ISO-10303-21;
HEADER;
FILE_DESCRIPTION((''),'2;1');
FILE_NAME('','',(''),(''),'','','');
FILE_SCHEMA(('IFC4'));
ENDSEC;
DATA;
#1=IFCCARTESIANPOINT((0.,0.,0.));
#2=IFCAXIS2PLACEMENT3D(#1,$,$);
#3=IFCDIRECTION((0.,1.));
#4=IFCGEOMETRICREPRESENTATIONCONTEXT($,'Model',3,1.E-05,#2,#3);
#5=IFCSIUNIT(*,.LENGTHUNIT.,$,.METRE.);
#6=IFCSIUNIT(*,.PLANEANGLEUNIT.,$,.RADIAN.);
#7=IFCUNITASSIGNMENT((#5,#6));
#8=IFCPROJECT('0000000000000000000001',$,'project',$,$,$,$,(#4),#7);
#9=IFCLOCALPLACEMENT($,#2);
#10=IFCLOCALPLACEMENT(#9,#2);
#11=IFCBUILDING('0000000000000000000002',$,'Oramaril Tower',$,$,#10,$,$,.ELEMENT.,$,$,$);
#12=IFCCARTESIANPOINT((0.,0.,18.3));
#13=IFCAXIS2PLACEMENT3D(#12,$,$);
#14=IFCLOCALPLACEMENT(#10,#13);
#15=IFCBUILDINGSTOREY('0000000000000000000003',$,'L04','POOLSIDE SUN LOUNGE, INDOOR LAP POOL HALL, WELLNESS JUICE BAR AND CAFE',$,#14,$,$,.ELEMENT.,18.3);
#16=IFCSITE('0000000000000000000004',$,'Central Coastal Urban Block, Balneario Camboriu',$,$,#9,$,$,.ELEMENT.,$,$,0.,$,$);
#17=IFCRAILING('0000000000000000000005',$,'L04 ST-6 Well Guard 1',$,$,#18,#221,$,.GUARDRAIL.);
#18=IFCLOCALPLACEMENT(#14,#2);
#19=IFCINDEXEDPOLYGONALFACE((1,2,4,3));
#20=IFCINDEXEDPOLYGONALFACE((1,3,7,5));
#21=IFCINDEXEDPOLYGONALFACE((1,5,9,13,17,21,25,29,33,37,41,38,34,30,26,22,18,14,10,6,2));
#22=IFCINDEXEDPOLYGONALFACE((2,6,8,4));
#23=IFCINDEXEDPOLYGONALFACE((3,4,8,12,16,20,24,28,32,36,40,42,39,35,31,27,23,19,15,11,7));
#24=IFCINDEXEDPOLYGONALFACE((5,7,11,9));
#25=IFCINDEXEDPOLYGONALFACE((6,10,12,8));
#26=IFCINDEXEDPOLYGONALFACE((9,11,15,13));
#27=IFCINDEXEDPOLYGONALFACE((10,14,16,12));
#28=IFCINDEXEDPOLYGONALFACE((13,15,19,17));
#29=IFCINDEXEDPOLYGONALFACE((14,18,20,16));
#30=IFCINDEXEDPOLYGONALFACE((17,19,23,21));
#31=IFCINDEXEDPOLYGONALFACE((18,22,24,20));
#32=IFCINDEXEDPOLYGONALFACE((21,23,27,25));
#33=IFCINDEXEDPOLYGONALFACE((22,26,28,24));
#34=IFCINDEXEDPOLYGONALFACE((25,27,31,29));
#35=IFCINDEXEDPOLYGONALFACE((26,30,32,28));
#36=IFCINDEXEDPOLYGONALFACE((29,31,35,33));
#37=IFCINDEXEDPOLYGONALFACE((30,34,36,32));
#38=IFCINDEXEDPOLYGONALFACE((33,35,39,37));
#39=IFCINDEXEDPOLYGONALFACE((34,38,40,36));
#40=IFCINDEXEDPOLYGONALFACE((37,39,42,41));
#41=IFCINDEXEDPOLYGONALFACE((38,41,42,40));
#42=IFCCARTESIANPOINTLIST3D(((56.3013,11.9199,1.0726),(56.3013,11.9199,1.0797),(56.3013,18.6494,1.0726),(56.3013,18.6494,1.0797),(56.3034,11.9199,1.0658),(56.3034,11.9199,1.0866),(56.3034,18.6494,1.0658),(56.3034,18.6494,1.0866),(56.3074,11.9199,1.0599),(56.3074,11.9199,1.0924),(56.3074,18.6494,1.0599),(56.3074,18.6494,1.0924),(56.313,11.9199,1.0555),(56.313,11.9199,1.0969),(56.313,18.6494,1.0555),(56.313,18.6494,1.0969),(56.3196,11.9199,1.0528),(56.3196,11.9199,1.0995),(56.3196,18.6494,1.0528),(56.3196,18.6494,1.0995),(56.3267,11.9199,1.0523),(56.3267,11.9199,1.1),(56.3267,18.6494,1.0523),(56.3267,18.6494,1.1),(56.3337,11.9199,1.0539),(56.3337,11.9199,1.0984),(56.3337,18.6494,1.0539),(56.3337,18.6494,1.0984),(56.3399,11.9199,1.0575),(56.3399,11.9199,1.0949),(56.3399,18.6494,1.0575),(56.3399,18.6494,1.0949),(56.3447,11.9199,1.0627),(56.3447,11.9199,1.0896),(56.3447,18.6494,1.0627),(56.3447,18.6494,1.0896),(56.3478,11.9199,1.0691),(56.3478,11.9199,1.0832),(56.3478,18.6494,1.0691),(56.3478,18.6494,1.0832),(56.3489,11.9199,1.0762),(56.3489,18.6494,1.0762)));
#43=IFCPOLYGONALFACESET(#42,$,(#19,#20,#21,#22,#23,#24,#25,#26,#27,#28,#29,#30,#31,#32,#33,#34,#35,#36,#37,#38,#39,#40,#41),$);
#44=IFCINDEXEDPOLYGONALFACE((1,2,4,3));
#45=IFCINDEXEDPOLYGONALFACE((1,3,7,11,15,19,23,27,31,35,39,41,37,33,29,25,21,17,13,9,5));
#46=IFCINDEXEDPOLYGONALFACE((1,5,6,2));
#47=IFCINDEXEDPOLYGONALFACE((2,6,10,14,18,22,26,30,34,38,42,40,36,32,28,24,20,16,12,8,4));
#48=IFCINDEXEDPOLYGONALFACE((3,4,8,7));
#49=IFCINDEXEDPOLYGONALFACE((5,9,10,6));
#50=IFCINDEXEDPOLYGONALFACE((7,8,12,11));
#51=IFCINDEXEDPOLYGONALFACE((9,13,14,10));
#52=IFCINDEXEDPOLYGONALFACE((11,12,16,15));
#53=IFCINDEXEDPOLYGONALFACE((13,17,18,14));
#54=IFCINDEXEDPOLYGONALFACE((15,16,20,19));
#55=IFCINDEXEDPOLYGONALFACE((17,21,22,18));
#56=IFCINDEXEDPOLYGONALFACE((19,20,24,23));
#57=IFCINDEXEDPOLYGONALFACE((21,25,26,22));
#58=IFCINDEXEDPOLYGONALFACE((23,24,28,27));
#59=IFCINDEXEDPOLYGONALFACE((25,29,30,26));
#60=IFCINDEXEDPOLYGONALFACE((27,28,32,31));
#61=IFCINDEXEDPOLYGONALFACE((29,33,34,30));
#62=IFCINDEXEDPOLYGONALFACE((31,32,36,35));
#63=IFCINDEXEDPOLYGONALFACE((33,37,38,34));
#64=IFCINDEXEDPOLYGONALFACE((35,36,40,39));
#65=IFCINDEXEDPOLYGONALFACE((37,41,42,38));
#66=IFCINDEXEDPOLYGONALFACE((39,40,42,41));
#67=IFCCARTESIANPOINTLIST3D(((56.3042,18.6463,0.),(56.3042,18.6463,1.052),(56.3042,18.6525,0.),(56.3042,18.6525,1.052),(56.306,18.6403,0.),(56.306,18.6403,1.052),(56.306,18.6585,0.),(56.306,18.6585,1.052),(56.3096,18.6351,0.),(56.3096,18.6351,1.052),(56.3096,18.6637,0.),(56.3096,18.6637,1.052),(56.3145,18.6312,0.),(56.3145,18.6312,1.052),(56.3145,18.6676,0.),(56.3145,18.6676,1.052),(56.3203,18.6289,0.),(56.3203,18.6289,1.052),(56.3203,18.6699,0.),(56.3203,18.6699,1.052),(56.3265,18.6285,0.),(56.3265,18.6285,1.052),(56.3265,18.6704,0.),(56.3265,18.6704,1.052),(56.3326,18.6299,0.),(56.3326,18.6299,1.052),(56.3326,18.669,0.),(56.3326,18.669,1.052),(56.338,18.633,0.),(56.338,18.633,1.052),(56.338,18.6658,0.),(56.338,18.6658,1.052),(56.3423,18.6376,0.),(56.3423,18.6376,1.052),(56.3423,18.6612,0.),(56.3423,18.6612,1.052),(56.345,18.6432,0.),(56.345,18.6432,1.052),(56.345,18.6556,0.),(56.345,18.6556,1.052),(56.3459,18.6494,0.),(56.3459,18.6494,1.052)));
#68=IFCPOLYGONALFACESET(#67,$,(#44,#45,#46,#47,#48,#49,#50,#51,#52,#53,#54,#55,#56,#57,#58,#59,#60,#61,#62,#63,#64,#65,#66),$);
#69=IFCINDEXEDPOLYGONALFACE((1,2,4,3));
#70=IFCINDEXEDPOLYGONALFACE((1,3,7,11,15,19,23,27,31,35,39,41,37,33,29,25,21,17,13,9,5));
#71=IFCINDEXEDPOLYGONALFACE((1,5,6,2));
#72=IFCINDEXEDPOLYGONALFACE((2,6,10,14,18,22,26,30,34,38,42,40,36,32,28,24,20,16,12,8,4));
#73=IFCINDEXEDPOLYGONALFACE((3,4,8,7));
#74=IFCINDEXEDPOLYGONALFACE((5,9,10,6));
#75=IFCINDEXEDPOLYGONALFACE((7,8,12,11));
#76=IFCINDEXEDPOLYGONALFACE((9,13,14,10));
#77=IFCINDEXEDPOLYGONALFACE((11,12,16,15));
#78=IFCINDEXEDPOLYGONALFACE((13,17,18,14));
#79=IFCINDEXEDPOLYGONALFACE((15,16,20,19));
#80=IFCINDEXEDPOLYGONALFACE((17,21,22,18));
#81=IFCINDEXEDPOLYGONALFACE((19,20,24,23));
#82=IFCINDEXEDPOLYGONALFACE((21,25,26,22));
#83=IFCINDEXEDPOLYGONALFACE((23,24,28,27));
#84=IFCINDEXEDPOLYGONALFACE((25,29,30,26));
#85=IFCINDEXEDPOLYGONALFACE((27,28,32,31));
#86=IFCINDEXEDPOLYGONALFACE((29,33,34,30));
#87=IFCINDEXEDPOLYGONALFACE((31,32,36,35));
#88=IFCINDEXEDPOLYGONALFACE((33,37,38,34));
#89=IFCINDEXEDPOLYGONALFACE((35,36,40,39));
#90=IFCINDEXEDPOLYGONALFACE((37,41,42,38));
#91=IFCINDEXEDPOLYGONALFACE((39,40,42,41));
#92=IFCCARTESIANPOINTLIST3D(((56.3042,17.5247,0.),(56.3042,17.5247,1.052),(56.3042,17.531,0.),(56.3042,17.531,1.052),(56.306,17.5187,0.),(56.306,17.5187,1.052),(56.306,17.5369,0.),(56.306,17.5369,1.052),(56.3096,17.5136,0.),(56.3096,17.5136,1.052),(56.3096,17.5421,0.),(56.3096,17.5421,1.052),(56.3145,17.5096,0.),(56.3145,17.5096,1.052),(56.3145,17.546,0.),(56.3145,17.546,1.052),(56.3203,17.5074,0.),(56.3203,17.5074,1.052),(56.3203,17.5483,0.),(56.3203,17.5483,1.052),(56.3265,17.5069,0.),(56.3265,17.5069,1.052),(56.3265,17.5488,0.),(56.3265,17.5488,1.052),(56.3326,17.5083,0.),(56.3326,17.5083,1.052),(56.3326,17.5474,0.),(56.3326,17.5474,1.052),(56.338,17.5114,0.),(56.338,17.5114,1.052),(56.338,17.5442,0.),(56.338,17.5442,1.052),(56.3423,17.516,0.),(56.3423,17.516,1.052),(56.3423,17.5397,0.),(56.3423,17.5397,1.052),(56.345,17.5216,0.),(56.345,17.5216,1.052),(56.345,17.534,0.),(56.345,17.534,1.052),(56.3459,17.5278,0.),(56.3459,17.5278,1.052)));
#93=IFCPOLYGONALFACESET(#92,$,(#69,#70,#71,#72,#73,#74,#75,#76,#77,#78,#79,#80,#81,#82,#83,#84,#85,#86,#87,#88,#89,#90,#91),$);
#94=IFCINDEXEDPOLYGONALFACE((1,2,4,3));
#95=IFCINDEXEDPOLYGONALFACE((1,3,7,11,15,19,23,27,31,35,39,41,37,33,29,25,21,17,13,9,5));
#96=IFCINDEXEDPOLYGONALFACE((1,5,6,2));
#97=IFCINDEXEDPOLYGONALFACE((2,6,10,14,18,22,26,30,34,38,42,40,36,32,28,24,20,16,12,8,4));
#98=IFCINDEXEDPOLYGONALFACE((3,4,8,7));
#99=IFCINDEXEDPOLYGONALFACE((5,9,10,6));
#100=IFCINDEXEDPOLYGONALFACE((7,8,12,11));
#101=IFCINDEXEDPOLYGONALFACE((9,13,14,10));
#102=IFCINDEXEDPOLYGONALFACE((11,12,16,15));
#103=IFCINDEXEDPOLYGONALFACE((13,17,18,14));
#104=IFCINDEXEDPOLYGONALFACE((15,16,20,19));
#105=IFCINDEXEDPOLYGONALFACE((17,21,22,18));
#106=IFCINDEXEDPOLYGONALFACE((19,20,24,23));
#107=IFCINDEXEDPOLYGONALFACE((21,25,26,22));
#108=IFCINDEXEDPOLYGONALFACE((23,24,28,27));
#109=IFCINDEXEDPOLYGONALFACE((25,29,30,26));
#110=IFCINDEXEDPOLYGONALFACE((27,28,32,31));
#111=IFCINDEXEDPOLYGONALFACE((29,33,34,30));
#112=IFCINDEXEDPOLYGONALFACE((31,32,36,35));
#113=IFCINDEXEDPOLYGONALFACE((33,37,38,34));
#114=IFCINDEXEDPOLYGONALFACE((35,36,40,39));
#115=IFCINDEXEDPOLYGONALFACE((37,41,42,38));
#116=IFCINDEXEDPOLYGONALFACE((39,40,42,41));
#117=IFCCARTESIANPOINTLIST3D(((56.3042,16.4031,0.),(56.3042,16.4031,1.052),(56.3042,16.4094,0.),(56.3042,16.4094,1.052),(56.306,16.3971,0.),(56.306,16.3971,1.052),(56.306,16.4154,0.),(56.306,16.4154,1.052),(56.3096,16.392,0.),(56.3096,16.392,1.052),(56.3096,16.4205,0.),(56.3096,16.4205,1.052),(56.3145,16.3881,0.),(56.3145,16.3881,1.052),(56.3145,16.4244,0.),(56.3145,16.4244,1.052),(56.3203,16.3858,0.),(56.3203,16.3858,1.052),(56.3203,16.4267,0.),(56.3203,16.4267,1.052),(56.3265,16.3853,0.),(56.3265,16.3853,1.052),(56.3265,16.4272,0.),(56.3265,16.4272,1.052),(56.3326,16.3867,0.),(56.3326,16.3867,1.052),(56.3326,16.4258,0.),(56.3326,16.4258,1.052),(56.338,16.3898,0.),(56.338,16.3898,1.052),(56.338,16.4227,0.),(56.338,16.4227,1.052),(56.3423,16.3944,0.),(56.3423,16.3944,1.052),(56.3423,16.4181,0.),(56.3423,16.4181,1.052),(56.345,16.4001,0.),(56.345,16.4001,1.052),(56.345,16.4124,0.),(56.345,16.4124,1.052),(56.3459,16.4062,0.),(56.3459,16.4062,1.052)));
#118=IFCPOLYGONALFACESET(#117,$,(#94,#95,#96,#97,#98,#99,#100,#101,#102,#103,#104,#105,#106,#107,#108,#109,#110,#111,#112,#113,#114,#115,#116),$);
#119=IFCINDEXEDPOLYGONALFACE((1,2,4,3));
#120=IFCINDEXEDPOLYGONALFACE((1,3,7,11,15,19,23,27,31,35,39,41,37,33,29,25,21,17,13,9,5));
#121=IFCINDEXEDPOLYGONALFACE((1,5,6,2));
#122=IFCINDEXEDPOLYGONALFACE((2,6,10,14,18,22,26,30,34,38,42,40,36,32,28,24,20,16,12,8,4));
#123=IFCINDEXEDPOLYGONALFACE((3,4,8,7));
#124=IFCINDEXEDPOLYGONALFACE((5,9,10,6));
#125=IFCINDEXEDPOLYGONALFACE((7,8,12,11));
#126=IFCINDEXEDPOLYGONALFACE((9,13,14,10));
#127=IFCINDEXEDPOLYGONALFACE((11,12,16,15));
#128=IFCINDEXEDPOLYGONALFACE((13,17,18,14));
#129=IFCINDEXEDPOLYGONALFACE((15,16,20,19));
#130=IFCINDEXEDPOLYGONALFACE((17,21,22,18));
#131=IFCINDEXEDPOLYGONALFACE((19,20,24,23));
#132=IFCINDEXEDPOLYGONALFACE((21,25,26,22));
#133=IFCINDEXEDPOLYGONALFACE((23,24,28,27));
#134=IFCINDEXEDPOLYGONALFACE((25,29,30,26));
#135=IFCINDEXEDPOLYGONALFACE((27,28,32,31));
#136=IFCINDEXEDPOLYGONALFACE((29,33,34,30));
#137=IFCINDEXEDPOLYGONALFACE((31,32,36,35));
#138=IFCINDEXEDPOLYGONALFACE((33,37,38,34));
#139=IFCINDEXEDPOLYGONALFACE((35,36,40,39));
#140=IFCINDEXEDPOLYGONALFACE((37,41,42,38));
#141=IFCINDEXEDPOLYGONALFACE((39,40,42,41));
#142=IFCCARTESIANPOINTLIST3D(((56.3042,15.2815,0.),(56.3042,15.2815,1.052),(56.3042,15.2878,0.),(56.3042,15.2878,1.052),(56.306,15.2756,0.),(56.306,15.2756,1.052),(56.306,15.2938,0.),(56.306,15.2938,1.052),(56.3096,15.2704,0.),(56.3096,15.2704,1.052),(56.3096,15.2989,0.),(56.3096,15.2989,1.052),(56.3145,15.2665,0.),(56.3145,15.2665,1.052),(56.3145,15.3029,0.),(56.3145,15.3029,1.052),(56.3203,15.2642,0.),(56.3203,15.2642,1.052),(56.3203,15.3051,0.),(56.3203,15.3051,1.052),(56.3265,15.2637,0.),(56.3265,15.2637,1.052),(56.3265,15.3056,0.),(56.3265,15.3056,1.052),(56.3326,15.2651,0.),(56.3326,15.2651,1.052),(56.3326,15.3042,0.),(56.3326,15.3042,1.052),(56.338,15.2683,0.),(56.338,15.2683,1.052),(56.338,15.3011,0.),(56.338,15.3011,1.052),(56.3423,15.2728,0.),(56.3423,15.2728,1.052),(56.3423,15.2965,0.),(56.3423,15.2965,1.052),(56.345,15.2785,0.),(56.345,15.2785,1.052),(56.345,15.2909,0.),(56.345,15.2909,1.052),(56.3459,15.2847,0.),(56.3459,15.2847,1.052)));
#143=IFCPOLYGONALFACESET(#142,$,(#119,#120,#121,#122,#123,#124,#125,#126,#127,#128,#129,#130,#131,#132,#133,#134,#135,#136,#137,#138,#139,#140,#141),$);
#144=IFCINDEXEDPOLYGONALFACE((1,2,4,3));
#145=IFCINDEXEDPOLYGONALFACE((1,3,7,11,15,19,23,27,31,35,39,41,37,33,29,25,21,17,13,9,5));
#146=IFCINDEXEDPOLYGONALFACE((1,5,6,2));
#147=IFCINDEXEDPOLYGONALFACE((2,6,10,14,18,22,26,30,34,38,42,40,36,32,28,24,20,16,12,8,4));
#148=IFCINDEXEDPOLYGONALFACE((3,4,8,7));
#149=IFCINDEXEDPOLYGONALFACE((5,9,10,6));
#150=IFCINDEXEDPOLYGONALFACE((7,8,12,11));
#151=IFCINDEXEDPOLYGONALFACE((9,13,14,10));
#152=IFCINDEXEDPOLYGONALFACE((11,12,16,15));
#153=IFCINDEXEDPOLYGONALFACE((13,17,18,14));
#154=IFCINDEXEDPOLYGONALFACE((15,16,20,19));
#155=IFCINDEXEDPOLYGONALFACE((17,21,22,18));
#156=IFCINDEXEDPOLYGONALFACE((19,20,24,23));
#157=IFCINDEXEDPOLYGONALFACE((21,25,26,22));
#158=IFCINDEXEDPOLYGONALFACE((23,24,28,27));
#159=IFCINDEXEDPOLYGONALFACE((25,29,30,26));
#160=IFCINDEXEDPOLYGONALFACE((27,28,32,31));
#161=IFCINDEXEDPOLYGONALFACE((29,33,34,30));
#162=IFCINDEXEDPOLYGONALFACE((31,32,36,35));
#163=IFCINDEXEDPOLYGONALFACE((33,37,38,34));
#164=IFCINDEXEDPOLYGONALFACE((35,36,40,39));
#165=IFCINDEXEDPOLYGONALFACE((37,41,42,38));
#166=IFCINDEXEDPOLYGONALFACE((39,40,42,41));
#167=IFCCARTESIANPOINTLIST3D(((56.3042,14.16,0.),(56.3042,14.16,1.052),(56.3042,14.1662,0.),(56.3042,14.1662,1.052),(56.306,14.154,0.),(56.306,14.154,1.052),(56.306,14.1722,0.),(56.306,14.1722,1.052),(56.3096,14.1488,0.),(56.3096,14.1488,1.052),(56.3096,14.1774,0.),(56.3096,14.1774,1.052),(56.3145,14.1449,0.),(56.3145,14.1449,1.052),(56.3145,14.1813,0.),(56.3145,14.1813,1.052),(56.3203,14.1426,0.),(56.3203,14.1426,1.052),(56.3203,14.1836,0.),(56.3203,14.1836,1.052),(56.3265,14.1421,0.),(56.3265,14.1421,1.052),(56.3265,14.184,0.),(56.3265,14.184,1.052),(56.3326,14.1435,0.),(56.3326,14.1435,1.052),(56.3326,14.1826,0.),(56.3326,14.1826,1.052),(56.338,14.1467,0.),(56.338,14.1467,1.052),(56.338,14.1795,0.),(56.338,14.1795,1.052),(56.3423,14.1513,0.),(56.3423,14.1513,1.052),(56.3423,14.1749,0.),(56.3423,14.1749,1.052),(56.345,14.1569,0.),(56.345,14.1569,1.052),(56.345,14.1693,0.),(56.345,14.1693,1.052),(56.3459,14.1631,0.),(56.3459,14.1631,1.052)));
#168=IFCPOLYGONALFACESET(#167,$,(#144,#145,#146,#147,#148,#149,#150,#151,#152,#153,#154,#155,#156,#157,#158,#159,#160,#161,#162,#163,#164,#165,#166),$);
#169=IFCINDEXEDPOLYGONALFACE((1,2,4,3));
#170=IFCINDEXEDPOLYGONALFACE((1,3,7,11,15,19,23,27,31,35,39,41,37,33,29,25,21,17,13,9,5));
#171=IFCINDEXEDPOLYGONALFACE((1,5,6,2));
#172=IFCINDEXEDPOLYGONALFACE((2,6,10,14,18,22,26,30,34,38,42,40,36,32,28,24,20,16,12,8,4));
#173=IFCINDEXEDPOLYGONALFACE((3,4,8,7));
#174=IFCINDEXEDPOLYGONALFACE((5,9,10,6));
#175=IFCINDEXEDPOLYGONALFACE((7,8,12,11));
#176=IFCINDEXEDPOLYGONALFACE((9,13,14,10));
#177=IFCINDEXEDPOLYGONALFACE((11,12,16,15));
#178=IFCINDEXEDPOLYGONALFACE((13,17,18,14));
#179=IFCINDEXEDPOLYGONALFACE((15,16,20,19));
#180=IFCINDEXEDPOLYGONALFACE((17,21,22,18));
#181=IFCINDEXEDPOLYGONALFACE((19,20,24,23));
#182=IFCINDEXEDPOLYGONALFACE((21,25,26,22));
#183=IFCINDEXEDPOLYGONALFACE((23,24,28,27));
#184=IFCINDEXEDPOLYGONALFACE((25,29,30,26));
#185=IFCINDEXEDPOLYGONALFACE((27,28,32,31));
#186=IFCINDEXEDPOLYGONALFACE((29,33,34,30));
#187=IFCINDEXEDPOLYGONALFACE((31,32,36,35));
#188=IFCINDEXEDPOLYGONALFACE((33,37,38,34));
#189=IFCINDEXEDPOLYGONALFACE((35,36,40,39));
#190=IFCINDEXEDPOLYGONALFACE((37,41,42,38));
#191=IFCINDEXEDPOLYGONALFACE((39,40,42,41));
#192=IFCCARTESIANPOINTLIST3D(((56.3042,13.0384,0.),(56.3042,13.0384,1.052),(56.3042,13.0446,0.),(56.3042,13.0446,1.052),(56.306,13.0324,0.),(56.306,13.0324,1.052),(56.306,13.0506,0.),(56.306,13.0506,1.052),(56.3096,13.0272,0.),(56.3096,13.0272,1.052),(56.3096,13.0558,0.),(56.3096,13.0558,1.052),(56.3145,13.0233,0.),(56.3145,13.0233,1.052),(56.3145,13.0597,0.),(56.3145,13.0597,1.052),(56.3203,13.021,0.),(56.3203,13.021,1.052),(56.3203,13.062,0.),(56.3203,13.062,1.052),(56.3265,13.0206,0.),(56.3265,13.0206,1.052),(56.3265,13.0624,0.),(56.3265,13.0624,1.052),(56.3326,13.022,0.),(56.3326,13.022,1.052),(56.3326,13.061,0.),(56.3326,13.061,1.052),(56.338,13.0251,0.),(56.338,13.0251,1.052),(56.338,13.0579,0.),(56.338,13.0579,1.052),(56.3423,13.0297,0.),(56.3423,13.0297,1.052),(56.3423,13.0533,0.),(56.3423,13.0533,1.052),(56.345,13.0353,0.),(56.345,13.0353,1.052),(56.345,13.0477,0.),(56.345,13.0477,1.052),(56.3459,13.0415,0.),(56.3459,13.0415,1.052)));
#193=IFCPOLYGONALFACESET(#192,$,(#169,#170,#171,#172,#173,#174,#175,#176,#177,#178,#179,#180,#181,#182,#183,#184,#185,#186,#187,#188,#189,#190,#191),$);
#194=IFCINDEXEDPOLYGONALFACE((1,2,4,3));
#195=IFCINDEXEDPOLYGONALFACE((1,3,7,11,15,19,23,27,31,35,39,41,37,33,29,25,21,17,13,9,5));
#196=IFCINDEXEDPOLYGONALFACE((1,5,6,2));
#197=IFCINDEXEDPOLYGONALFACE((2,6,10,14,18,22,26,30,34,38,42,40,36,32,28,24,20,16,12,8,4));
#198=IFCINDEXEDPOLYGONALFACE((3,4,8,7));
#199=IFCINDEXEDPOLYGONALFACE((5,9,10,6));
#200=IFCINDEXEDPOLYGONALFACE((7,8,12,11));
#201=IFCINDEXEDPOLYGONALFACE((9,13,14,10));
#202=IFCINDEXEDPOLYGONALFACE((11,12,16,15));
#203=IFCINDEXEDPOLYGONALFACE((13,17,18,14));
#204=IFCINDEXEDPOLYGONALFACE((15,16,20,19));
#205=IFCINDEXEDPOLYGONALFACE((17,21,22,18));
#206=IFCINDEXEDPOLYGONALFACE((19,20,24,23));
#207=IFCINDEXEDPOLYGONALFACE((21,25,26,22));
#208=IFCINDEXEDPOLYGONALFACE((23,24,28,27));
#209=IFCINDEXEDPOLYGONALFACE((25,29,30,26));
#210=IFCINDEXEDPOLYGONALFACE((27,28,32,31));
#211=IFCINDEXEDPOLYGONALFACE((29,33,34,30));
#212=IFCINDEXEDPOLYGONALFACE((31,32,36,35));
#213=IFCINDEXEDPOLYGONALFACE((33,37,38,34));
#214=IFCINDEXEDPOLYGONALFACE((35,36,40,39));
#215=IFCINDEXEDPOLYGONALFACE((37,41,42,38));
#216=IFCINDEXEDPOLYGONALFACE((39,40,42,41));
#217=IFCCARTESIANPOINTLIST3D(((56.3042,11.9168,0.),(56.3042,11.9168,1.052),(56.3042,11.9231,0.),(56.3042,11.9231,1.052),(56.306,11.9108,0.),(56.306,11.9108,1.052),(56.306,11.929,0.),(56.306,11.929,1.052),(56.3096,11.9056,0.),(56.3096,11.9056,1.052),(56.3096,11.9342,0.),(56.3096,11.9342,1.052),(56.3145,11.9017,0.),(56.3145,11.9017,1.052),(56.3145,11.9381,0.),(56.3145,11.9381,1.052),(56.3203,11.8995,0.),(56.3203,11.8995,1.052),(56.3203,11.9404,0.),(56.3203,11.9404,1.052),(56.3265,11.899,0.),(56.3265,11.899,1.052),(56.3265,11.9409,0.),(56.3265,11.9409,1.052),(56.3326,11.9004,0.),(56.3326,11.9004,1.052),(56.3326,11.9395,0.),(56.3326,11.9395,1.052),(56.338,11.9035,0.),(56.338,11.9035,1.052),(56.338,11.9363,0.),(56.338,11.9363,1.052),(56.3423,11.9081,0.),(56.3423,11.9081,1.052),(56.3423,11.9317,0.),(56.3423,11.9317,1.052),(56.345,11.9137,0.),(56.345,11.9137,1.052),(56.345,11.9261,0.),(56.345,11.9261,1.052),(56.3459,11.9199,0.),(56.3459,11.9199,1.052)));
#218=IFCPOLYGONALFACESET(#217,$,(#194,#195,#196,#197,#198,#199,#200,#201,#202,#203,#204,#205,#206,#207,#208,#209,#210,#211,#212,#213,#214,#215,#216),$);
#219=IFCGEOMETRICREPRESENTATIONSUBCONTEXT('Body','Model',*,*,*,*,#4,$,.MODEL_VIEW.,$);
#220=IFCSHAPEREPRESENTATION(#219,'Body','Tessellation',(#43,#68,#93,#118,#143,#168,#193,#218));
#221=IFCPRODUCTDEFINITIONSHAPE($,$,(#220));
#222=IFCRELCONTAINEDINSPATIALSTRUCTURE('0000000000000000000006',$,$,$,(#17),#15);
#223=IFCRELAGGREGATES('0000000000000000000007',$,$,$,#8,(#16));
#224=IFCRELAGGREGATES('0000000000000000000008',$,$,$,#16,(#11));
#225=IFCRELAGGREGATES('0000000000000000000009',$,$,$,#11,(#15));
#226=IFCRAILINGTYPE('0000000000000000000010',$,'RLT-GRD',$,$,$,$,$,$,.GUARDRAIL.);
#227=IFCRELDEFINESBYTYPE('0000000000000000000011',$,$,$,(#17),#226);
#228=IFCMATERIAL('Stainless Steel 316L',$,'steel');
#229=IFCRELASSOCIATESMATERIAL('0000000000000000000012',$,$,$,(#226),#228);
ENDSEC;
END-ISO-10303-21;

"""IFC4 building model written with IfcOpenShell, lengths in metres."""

from ifc_helpers import new_model, si_unit, direction, frame, origin, origin_2d, place, context, subcontext, project, spatial, circle, extrude, material, type_object, element, save


model = new_model("IFC4")

# Units and contexts
model_context = context("Model", 3, precision=1e-05, world=origin(), true_north=direction((0.0, 1.0)))
body_context = subcontext(model_context, "Body", "Model", "MODEL_VIEW")
ifc_project = project(units=[si_unit("LENGTHUNIT", "METRE"), si_unit("PLANEANGLEUNIT", "RADIAN")], contexts=[model_context])

# Site, building, storey
site_placement = place(None, origin())
site = spatial("IfcSite", under=ifc_project, at=site_placement, Name="Central Coastal Urban Block, Balneario Camboriu", CompositionType="ELEMENT", RefElevation=0.0)
building_placement = place(site_placement, origin())
building = spatial("IfcBuilding", under=site, at=building_placement, Name="Oramaril Tower", CompositionType="ELEMENT")
storey_placement = place(building_placement, frame((0.0, 0.0, 18.3)))
storey = spatial("IfcBuildingStorey", under=building, at=storey_placement, Name="L04", Description="POOLSIDE SUN LOUNGE, INDOOR LAP POOL HALL, WELLNESS JUICE BAR AND CAFE", CompositionType="ELEMENT", Elevation=18.3)

# Railing
ifc_material_1 = material(Name="Stainless Steel 316L", Category="steel")
railing_type_1 = type_object("IfcRailingType", Name="RLT-GRD", PredefinedType="GUARDRAIL", material=ifc_material_1)
railing_1_placement = place(storey_placement, frame((56.325, 18.6494, 0.0)))
element("IfcRailing", 1, at=railing_1_placement, inside=storey, type_object=railing_type_1, Name="L04 ST-6 Well Guard 1", PredefinedType="GUARDRAIL", context=body_context, shape_type="SweptSolid", body=[
    extrude(circle(Radius=0.0239, at=origin_2d()), frame((0.0, 0.0, 1.0762), z_axis=(0.0, -1.0, 0.0), x_axis=(1.0, 0.0, 0.0)), (0.0, 0.0, 1.0), 6.7295),
    extrude(circle(Radius=0.021, at=origin_2d()), origin(), (0.0, 0.0, 1.0), 1.052),
    extrude(circle(Radius=0.021, at=origin_2d()), frame((0.0, -1.1216, 0.0)), (0.0, 0.0, 1.0), 1.052),
    extrude(circle(Radius=0.021, at=origin_2d()), frame((0.0, -2.2432, 0.0)), (0.0, 0.0, 1.0), 1.052),
    extrude(circle(Radius=0.021, at=origin_2d()), frame((0.0, -3.3647, 0.0)), (0.0, 0.0, 1.0), 1.052),
    extrude(circle(Radius=0.021, at=origin_2d()), frame((0.0, -4.4863, 0.0)), (0.0, 0.0, 1.0), 1.052),
    extrude(circle(Radius=0.021, at=origin_2d()), frame((0.0, -5.6079, 0.0)), (0.0, 0.0, 1.0), 1.052),
    extrude(circle(Radius=0.021, at=origin_2d()), frame((0.0, -6.7295, 0.0)), (0.0, 0.0, 1.0), 1.052),
])

save(model, "model.ifc")
